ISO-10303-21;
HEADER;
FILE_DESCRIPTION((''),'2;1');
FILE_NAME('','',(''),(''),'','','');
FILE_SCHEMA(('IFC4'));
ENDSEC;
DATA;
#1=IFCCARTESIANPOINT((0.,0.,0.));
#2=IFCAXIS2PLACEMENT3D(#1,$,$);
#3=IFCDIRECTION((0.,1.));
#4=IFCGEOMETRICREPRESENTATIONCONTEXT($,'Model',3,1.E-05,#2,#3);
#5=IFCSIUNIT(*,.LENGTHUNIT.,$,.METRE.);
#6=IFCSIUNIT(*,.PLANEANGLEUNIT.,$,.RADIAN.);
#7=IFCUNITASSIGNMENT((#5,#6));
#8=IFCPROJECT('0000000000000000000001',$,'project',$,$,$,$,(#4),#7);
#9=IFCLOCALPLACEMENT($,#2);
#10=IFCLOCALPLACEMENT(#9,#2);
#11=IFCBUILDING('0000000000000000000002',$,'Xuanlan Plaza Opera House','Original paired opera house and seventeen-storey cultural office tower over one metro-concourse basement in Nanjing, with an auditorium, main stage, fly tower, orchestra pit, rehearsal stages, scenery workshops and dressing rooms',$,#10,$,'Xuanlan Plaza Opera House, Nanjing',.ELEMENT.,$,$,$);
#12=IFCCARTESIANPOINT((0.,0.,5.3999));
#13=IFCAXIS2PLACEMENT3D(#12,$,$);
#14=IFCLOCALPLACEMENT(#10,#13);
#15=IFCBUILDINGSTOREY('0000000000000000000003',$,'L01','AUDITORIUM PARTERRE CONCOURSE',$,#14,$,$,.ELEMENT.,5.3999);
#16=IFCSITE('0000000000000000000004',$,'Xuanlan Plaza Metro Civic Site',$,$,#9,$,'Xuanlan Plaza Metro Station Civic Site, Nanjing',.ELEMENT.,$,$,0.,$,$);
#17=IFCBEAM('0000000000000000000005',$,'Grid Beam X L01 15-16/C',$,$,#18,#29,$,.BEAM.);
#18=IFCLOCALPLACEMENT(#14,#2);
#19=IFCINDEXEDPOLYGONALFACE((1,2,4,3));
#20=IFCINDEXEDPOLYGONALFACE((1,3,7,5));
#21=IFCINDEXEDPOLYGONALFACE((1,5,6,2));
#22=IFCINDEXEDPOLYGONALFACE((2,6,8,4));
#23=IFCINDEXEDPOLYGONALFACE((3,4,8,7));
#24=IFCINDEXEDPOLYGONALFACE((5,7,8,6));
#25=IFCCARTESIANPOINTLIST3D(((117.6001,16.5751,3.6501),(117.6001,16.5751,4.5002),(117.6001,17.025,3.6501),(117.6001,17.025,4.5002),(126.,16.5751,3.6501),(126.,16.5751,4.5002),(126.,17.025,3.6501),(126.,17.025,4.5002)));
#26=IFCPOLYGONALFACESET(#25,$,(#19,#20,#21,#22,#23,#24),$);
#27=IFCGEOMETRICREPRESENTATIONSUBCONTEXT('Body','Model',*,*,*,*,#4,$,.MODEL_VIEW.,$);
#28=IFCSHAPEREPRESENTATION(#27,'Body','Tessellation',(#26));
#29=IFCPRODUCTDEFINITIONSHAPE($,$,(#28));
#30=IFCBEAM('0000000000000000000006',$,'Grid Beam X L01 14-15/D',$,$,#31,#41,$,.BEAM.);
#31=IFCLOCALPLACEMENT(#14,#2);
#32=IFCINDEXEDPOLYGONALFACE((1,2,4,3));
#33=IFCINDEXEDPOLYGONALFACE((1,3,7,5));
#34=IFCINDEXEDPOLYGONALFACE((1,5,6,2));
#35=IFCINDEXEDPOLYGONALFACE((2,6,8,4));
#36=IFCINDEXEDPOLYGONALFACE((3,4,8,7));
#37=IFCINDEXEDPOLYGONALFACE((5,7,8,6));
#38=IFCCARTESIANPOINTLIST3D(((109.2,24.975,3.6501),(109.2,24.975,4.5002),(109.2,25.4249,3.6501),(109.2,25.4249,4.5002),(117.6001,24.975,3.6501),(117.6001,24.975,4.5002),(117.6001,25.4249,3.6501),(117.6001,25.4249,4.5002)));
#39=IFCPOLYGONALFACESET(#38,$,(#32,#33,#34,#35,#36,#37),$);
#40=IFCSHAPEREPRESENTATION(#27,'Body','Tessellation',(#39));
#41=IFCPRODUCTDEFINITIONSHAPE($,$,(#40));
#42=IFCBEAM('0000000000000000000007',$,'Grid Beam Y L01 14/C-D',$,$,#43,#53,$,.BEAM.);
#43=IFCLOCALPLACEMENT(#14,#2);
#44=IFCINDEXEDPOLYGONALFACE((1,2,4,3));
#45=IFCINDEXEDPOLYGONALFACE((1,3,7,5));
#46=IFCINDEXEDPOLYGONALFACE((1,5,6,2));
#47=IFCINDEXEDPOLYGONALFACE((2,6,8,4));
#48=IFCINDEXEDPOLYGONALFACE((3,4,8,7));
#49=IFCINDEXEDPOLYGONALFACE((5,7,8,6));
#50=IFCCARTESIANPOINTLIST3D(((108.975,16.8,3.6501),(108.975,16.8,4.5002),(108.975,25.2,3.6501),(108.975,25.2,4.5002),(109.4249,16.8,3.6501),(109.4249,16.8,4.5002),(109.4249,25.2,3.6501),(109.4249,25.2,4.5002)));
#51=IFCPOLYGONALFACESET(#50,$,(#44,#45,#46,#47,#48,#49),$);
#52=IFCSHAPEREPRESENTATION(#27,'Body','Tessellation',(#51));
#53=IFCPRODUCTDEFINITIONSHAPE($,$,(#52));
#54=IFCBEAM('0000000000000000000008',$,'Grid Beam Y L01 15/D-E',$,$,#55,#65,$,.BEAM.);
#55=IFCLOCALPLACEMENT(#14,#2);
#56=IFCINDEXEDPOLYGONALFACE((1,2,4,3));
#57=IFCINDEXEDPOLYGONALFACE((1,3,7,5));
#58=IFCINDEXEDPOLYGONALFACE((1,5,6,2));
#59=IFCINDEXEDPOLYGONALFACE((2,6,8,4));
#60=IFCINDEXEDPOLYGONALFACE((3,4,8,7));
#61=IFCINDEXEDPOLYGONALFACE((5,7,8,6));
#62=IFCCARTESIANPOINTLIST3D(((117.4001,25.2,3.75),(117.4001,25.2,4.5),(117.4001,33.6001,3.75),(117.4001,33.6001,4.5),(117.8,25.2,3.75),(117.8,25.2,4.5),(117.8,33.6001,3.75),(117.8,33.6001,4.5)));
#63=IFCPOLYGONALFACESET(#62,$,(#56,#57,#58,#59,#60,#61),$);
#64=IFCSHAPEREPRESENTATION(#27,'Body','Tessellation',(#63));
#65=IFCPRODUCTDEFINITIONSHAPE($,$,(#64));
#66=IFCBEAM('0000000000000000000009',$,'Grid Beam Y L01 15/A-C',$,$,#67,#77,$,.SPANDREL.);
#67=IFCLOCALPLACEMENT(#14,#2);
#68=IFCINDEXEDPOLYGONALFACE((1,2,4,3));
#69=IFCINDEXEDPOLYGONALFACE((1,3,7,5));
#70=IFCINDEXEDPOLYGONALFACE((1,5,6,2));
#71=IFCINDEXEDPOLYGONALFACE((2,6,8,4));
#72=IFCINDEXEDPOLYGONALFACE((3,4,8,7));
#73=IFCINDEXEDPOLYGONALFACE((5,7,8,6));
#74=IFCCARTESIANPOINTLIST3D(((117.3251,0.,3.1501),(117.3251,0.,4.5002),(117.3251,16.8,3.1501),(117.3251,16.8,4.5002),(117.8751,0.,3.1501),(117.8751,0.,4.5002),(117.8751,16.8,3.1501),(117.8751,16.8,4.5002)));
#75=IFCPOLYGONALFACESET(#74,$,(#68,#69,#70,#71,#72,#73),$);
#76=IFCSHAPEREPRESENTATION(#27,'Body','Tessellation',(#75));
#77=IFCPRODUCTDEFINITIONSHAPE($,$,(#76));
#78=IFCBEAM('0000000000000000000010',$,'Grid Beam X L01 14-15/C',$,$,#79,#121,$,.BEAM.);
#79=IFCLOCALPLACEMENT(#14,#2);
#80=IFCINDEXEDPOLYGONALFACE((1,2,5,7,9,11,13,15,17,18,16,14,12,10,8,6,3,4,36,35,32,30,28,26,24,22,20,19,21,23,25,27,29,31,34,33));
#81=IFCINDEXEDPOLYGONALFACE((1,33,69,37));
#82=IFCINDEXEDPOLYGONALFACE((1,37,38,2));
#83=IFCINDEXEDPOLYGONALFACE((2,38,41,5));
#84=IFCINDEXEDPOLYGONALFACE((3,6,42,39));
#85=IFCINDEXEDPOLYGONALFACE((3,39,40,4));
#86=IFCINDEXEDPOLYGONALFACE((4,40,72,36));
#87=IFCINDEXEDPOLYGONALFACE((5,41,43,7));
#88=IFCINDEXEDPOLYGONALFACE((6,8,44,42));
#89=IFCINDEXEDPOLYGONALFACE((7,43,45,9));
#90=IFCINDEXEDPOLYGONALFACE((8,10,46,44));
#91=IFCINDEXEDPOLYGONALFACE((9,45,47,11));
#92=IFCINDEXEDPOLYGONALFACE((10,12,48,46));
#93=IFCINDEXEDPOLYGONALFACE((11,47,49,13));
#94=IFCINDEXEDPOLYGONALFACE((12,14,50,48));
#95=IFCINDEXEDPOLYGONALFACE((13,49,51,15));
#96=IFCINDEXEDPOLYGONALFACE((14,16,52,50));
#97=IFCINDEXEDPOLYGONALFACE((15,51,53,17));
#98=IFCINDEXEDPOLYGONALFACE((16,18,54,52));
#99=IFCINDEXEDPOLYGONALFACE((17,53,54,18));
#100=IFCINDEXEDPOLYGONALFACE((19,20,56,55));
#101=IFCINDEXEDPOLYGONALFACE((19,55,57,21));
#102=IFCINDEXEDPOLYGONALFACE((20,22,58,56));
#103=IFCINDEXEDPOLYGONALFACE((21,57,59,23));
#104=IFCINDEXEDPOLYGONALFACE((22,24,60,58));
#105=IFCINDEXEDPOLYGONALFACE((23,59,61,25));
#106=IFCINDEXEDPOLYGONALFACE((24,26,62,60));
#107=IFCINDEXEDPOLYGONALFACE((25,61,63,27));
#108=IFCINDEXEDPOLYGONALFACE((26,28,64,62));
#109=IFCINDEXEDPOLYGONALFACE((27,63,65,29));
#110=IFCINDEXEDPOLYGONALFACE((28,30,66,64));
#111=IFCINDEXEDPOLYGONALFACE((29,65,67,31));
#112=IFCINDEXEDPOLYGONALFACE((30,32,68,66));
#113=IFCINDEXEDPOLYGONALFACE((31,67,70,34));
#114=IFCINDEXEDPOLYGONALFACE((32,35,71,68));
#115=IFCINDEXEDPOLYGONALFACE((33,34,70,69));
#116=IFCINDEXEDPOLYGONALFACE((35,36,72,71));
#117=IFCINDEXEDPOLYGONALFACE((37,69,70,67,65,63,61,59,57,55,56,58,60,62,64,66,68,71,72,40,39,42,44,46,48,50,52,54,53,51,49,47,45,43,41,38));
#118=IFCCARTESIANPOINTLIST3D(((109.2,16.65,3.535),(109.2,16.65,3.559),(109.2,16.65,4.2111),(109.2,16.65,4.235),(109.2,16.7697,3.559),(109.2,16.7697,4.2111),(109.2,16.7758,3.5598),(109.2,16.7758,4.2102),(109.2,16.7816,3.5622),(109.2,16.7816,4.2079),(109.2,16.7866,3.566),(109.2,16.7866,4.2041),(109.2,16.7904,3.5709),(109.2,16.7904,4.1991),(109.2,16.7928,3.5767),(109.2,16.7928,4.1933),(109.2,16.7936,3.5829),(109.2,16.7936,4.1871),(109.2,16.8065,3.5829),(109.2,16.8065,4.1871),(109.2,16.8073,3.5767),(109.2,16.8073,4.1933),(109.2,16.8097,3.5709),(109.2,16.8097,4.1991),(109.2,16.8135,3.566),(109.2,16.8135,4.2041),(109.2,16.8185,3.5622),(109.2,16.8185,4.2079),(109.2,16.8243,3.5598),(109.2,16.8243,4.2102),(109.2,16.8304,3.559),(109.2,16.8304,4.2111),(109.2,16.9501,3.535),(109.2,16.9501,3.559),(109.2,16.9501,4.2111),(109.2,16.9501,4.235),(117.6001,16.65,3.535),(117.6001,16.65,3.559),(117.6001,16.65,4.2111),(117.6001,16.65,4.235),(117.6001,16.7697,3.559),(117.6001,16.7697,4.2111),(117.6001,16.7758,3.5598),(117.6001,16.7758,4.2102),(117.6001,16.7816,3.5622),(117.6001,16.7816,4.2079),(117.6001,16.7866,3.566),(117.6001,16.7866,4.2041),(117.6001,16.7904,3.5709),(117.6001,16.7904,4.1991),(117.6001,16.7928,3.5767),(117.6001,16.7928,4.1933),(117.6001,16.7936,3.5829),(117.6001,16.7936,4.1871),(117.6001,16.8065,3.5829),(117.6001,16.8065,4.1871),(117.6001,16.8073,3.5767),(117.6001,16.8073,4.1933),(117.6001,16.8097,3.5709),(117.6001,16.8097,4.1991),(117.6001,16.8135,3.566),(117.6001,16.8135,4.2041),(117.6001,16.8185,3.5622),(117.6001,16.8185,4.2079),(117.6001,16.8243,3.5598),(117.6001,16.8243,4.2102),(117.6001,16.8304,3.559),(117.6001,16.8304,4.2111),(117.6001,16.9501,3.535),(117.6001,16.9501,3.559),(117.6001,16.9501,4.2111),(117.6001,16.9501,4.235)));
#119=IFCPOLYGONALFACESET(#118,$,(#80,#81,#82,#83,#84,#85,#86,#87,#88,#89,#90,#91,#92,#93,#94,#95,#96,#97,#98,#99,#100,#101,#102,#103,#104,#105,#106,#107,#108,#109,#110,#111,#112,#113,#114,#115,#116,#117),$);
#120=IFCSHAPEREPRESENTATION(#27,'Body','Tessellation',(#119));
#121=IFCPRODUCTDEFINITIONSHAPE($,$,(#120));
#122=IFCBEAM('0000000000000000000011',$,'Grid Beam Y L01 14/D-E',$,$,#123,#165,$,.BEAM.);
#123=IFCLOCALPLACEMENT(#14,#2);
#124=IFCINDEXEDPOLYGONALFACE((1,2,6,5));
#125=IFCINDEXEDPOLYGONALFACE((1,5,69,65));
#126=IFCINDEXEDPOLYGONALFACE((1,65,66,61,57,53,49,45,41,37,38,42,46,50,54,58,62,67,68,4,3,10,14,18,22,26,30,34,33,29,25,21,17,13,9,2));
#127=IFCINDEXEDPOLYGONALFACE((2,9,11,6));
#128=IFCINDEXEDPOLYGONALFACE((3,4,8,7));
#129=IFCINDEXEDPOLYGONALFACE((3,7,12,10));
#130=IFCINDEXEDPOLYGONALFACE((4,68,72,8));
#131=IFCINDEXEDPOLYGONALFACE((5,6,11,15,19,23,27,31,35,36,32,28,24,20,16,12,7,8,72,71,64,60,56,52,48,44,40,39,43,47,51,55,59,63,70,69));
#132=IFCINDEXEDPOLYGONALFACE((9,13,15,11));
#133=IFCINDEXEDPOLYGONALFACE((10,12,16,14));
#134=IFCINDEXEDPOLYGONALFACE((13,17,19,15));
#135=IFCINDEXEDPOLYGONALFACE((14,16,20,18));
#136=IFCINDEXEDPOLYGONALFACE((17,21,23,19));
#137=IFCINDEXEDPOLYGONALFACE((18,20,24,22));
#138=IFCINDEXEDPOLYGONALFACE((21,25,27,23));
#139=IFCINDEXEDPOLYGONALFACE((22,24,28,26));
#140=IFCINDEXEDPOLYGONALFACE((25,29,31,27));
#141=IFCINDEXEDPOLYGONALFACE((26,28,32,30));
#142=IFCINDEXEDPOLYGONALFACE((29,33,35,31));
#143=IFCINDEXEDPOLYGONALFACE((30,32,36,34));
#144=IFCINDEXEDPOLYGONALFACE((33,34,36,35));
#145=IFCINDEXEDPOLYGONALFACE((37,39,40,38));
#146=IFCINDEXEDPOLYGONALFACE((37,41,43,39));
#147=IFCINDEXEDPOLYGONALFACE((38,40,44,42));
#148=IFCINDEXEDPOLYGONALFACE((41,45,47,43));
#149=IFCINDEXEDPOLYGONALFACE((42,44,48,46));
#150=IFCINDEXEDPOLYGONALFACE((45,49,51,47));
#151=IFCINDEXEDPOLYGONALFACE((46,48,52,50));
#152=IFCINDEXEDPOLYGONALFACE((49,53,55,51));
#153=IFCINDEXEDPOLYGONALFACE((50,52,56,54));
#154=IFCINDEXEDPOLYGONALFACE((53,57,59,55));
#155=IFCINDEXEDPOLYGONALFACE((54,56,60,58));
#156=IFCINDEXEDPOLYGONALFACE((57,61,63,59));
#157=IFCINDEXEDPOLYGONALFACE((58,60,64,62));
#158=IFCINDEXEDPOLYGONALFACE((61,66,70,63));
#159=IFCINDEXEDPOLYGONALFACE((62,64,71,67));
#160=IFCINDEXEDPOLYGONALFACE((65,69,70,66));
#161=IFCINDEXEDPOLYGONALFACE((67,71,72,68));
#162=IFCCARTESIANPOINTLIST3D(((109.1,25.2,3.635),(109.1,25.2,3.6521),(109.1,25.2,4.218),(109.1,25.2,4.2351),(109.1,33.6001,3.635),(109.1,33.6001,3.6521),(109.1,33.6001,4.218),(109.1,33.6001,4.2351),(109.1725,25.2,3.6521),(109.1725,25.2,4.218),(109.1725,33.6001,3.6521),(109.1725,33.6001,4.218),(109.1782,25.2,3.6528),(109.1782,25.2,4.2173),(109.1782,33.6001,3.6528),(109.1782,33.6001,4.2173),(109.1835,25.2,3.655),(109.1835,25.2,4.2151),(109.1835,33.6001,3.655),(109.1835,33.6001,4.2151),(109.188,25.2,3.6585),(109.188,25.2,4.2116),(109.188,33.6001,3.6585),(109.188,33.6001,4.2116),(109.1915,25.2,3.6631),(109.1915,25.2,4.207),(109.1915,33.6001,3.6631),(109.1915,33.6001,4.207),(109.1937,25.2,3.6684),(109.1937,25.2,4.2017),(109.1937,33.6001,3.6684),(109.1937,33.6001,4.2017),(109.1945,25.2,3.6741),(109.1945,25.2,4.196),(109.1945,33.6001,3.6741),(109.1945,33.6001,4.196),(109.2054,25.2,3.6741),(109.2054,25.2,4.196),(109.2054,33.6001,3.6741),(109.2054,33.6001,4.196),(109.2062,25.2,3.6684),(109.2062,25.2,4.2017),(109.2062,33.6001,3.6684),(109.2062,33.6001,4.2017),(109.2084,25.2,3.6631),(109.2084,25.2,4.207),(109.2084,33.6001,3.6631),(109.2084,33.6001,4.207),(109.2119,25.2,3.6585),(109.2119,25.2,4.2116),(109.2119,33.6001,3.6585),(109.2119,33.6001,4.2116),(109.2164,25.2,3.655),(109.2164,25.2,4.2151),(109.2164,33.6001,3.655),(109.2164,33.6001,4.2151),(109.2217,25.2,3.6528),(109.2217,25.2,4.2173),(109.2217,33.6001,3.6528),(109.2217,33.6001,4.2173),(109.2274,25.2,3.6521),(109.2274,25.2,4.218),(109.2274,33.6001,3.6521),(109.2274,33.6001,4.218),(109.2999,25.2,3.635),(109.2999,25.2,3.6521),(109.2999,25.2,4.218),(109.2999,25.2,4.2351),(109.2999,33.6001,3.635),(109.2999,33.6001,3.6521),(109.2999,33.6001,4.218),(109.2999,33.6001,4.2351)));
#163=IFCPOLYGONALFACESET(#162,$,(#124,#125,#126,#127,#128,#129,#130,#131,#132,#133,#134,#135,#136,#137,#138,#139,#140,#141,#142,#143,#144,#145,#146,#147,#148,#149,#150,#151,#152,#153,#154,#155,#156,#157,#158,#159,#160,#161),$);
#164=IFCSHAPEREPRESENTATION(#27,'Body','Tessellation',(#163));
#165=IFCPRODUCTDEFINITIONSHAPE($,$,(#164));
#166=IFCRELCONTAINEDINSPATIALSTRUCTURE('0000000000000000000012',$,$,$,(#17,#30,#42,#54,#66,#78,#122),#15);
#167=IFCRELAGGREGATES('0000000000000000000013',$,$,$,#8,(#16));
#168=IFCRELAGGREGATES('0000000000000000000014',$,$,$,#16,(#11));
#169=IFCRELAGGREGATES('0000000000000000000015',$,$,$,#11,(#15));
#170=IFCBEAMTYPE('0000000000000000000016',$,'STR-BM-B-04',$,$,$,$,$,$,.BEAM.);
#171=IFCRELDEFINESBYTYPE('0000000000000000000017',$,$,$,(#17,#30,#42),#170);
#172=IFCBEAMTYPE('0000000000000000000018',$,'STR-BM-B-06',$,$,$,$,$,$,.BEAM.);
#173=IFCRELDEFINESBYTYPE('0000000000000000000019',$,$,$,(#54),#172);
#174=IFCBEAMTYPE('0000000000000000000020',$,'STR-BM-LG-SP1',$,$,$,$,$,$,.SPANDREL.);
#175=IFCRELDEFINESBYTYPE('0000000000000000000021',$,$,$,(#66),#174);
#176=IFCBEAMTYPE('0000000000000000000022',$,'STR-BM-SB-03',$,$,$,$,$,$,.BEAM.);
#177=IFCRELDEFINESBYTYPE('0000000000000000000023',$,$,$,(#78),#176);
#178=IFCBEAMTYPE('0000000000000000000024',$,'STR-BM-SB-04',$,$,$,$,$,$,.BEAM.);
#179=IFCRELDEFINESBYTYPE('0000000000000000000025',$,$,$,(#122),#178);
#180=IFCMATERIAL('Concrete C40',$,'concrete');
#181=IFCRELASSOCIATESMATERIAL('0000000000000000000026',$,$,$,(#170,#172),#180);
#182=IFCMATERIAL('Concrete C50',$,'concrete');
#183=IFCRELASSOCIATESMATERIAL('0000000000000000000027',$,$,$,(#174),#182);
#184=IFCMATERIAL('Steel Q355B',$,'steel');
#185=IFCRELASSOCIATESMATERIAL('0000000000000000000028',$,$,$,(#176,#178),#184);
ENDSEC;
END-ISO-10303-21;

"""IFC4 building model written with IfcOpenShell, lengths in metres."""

from ifc_helpers import new_model, si_unit, direction, frame, origin, origin_2d, place, context, subcontext, project, spatial, rectangle, i_section, extrude, material, material_profile, profile_set, type_object, element, save


model = new_model("IFC4")

# Units and contexts
model_context = context("Model", 3, precision=1e-05, world=origin(), true_north=direction((0.0, 1.0)))
body_context = subcontext(model_context, "Body", "Model", "MODEL_VIEW")
ifc_project = project(units=[si_unit("LENGTHUNIT", "METRE"), si_unit("PLANEANGLEUNIT", "RADIAN")], contexts=[model_context])

# Site, building, storey
site_placement = place(None, origin())
site = spatial("IfcSite", under=ifc_project, at=site_placement, Name="Xuanlan Plaza Metro Civic Site", LongName="Xuanlan Plaza Metro Station Civic Site, Nanjing", CompositionType="ELEMENT", RefElevation=0.0)
building_placement = place(site_placement, origin())
building = spatial("IfcBuilding", under=site, at=building_placement, Name="Xuanlan Plaza Opera House", Description="Original paired opera house and seventeen-storey cultural office tower over one metro-concourse basement in Nanjing, with an auditorium, main stage, fly tower, orchestra pit, rehearsal stages, scenery workshops and dressing rooms", LongName="Xuanlan Plaza Opera House, Nanjing", CompositionType="ELEMENT")
storey_placement = place(building_placement, frame((0.0, 0.0, 5.3999)))
storey = spatial("IfcBuildingStorey", under=building, at=storey_placement, Name="L01", Description="AUDITORIUM PARTERRE CONCOURSE", CompositionType="ELEMENT", Elevation=5.3999)

# Shared definitions
ifc_material_1 = material(Name="Concrete C40", Category="concrete")

# Beams
ifc_material_profile_1 = material_profile(ifc_material_1, rectangle(XDim=0.45, YDim=0.8501, at=origin_2d()), Name="RC-BM 450x850")
ifc_profile_set_1 = profile_set([ifc_material_profile_1], Name="Concrete C40")
beam_type_1 = type_object("IfcBeamType", Name="STR-BM-B-04", PredefinedType="BEAM", material=ifc_profile_set_1)
beam_1_placement = place(storey_placement, frame((117.6001, 16.8, 4.0752), z_axis=(1.0, 0.0, 0.0), x_axis=(0.0, 1.0, 0.0)))
element("IfcBeam", 1, at=beam_1_placement, inside=storey, type_object=beam_type_1, Name="Grid Beam X L01 15-16/C", PredefinedType="BEAM", context=body_context, shape_type="SweptSolid", body=[
    extrude(rectangle(XDim=0.45, YDim=0.8501, at=origin_2d()), origin(), (0.0, 0.0, 1.0), 8.3999),
])
beam_2_placement = place(storey_placement, frame((109.2, 25.2, 4.0752), z_axis=(1.0, 0.0, 0.0), x_axis=(0.0, 1.0, 0.0)))
element("IfcBeam", 2, at=beam_2_placement, inside=storey, type_object=beam_type_1, Name="Grid Beam X L01 14-15/D", PredefinedType="BEAM", context=body_context, shape_type="SweptSolid", body=[
    extrude(rectangle(XDim=0.45, YDim=0.8501, at=origin_2d()), origin(), (0.0, 0.0, 1.0), 8.4001),
])
beam_3_placement = place(storey_placement, frame((109.2, 16.8, 4.0752), z_axis=(0.0, 1.0, 0.0), x_axis=(-1.0, 0.0, 0.0)))
element("IfcBeam", 3, at=beam_3_placement, inside=storey, type_object=beam_type_1, Name="Grid Beam Y L01 14/C-D", PredefinedType="BEAM", context=body_context, shape_type="SweptSolid", body=[
    extrude(rectangle(XDim=0.45, YDim=0.8501, at=origin_2d()), origin(), (0.0, 0.0, 1.0), 8.3999),
])
ifc_material_profile_2 = material_profile(ifc_material_1, rectangle(XDim=0.3999, YDim=0.75, at=origin_2d()), Name="RC-BM 400x750")
ifc_profile_set_2 = profile_set([ifc_material_profile_2], Name="Concrete C40")
beam_type_2 = type_object("IfcBeamType", Name="STR-BM-B-06", PredefinedType="BEAM", material=ifc_profile_set_2)
beam_4_placement = place(storey_placement, frame((117.6001, 25.2, 4.125), z_axis=(0.0, 1.0, 0.0), x_axis=(-1.0, 0.0, 0.0)))
element("IfcBeam", 4, at=beam_4_placement, inside=storey, type_object=beam_type_2, Name="Grid Beam Y L01 15/D-E", PredefinedType="BEAM", context=body_context, shape_type="SweptSolid", body=[
    extrude(rectangle(XDim=0.3999, YDim=0.75, at=origin_2d()), origin(), (0.0, 0.0, 1.0), 8.4001),
])
ifc_material_2 = material(Name="Concrete C50", Category="concrete")
ifc_material_profile_3 = material_profile(ifc_material_2, rectangle(XDim=0.55, YDim=1.3501, at=origin_2d()), Name="RC-SPD 550x1350")
ifc_profile_set_3 = profile_set([ifc_material_profile_3], Name="Concrete C50")
beam_type_3 = type_object("IfcBeamType", Name="STR-BM-LG-SP1", PredefinedType="SPANDREL", material=ifc_profile_set_3)
beam_5_placement = place(storey_placement, frame((117.6001, 0.0, 3.8252), z_axis=(0.0, 1.0, 0.0), x_axis=(-1.0, 0.0, 0.0)))
element("IfcBeam", 5, at=beam_5_placement, inside=storey, type_object=beam_type_3, Name="Grid Beam Y L01 15/A-C", PredefinedType="SPANDREL", context=body_context, shape_type="SweptSolid", body=[
    extrude(rectangle(XDim=0.55, YDim=1.3501, at=origin_2d()), origin(), (0.0, 0.0, 1.0), 16.8),
])
ifc_material_3 = material(Name="Steel Q355B", Category="steel")
ifc_material_profile_4 = material_profile(ifc_material_3, i_section(OverallWidth=0.3, OverallDepth=0.7, WebThickness=0.0129, FlangeThickness=0.0239, FilletRadius=0.0239, at=origin_2d()), Name="HN 700x300x13x24")
ifc_profile_set_4 = profile_set([ifc_material_profile_4], Name="Steel Q355B")
beam_type_4 = type_object("IfcBeamType", Name="STR-BM-SB-03", PredefinedType="BEAM", material=ifc_profile_set_4)
beam_6_placement = place(storey_placement, frame((109.2, 16.8, 3.885), z_axis=(1.0, 0.0, 0.0), x_axis=(0.0, 1.0, 0.0)))
element("IfcBeam", 6, at=beam_6_placement, inside=storey, type_object=beam_type_4, Name="Grid Beam X L01 14-15/C", PredefinedType="BEAM", context=body_context, shape_type="SweptSolid", body=[
    extrude(i_section(OverallWidth=0.3, OverallDepth=0.7, WebThickness=0.0129, FlangeThickness=0.0239, FilletRadius=0.0239, at=origin_2d()), origin(), (0.0, 0.0, 1.0), 8.4001),
])
ifc_material_profile_5 = material_profile(ifc_material_3, i_section(OverallWidth=0.2, OverallDepth=0.6001, WebThickness=0.011, FlangeThickness=0.0171, FilletRadius=0.022, at=origin_2d()), Name="HN 600x200x11x17")
ifc_profile_set_5 = profile_set([ifc_material_profile_5], Name="Steel Q355B")
beam_type_5 = type_object("IfcBeamType", Name="STR-BM-SB-04", PredefinedType="BEAM", material=ifc_profile_set_5)
beam_7_placement = place(storey_placement, frame((109.2, 25.2, 3.9351), z_axis=(0.0, 1.0, 0.0), x_axis=(-1.0, 0.0, 0.0)))
element("IfcBeam", 7, at=beam_7_placement, inside=storey, type_object=beam_type_5, Name="Grid Beam Y L01 14/D-E", PredefinedType="BEAM", context=body_context, shape_type="SweptSolid", body=[
    extrude(i_section(OverallWidth=0.2, OverallDepth=0.6001, WebThickness=0.011, FlangeThickness=0.0171, FilletRadius=0.022, at=origin_2d()), origin(), (0.0, 0.0, 1.0), 8.4001),
])

save(model, "model.ifc")
